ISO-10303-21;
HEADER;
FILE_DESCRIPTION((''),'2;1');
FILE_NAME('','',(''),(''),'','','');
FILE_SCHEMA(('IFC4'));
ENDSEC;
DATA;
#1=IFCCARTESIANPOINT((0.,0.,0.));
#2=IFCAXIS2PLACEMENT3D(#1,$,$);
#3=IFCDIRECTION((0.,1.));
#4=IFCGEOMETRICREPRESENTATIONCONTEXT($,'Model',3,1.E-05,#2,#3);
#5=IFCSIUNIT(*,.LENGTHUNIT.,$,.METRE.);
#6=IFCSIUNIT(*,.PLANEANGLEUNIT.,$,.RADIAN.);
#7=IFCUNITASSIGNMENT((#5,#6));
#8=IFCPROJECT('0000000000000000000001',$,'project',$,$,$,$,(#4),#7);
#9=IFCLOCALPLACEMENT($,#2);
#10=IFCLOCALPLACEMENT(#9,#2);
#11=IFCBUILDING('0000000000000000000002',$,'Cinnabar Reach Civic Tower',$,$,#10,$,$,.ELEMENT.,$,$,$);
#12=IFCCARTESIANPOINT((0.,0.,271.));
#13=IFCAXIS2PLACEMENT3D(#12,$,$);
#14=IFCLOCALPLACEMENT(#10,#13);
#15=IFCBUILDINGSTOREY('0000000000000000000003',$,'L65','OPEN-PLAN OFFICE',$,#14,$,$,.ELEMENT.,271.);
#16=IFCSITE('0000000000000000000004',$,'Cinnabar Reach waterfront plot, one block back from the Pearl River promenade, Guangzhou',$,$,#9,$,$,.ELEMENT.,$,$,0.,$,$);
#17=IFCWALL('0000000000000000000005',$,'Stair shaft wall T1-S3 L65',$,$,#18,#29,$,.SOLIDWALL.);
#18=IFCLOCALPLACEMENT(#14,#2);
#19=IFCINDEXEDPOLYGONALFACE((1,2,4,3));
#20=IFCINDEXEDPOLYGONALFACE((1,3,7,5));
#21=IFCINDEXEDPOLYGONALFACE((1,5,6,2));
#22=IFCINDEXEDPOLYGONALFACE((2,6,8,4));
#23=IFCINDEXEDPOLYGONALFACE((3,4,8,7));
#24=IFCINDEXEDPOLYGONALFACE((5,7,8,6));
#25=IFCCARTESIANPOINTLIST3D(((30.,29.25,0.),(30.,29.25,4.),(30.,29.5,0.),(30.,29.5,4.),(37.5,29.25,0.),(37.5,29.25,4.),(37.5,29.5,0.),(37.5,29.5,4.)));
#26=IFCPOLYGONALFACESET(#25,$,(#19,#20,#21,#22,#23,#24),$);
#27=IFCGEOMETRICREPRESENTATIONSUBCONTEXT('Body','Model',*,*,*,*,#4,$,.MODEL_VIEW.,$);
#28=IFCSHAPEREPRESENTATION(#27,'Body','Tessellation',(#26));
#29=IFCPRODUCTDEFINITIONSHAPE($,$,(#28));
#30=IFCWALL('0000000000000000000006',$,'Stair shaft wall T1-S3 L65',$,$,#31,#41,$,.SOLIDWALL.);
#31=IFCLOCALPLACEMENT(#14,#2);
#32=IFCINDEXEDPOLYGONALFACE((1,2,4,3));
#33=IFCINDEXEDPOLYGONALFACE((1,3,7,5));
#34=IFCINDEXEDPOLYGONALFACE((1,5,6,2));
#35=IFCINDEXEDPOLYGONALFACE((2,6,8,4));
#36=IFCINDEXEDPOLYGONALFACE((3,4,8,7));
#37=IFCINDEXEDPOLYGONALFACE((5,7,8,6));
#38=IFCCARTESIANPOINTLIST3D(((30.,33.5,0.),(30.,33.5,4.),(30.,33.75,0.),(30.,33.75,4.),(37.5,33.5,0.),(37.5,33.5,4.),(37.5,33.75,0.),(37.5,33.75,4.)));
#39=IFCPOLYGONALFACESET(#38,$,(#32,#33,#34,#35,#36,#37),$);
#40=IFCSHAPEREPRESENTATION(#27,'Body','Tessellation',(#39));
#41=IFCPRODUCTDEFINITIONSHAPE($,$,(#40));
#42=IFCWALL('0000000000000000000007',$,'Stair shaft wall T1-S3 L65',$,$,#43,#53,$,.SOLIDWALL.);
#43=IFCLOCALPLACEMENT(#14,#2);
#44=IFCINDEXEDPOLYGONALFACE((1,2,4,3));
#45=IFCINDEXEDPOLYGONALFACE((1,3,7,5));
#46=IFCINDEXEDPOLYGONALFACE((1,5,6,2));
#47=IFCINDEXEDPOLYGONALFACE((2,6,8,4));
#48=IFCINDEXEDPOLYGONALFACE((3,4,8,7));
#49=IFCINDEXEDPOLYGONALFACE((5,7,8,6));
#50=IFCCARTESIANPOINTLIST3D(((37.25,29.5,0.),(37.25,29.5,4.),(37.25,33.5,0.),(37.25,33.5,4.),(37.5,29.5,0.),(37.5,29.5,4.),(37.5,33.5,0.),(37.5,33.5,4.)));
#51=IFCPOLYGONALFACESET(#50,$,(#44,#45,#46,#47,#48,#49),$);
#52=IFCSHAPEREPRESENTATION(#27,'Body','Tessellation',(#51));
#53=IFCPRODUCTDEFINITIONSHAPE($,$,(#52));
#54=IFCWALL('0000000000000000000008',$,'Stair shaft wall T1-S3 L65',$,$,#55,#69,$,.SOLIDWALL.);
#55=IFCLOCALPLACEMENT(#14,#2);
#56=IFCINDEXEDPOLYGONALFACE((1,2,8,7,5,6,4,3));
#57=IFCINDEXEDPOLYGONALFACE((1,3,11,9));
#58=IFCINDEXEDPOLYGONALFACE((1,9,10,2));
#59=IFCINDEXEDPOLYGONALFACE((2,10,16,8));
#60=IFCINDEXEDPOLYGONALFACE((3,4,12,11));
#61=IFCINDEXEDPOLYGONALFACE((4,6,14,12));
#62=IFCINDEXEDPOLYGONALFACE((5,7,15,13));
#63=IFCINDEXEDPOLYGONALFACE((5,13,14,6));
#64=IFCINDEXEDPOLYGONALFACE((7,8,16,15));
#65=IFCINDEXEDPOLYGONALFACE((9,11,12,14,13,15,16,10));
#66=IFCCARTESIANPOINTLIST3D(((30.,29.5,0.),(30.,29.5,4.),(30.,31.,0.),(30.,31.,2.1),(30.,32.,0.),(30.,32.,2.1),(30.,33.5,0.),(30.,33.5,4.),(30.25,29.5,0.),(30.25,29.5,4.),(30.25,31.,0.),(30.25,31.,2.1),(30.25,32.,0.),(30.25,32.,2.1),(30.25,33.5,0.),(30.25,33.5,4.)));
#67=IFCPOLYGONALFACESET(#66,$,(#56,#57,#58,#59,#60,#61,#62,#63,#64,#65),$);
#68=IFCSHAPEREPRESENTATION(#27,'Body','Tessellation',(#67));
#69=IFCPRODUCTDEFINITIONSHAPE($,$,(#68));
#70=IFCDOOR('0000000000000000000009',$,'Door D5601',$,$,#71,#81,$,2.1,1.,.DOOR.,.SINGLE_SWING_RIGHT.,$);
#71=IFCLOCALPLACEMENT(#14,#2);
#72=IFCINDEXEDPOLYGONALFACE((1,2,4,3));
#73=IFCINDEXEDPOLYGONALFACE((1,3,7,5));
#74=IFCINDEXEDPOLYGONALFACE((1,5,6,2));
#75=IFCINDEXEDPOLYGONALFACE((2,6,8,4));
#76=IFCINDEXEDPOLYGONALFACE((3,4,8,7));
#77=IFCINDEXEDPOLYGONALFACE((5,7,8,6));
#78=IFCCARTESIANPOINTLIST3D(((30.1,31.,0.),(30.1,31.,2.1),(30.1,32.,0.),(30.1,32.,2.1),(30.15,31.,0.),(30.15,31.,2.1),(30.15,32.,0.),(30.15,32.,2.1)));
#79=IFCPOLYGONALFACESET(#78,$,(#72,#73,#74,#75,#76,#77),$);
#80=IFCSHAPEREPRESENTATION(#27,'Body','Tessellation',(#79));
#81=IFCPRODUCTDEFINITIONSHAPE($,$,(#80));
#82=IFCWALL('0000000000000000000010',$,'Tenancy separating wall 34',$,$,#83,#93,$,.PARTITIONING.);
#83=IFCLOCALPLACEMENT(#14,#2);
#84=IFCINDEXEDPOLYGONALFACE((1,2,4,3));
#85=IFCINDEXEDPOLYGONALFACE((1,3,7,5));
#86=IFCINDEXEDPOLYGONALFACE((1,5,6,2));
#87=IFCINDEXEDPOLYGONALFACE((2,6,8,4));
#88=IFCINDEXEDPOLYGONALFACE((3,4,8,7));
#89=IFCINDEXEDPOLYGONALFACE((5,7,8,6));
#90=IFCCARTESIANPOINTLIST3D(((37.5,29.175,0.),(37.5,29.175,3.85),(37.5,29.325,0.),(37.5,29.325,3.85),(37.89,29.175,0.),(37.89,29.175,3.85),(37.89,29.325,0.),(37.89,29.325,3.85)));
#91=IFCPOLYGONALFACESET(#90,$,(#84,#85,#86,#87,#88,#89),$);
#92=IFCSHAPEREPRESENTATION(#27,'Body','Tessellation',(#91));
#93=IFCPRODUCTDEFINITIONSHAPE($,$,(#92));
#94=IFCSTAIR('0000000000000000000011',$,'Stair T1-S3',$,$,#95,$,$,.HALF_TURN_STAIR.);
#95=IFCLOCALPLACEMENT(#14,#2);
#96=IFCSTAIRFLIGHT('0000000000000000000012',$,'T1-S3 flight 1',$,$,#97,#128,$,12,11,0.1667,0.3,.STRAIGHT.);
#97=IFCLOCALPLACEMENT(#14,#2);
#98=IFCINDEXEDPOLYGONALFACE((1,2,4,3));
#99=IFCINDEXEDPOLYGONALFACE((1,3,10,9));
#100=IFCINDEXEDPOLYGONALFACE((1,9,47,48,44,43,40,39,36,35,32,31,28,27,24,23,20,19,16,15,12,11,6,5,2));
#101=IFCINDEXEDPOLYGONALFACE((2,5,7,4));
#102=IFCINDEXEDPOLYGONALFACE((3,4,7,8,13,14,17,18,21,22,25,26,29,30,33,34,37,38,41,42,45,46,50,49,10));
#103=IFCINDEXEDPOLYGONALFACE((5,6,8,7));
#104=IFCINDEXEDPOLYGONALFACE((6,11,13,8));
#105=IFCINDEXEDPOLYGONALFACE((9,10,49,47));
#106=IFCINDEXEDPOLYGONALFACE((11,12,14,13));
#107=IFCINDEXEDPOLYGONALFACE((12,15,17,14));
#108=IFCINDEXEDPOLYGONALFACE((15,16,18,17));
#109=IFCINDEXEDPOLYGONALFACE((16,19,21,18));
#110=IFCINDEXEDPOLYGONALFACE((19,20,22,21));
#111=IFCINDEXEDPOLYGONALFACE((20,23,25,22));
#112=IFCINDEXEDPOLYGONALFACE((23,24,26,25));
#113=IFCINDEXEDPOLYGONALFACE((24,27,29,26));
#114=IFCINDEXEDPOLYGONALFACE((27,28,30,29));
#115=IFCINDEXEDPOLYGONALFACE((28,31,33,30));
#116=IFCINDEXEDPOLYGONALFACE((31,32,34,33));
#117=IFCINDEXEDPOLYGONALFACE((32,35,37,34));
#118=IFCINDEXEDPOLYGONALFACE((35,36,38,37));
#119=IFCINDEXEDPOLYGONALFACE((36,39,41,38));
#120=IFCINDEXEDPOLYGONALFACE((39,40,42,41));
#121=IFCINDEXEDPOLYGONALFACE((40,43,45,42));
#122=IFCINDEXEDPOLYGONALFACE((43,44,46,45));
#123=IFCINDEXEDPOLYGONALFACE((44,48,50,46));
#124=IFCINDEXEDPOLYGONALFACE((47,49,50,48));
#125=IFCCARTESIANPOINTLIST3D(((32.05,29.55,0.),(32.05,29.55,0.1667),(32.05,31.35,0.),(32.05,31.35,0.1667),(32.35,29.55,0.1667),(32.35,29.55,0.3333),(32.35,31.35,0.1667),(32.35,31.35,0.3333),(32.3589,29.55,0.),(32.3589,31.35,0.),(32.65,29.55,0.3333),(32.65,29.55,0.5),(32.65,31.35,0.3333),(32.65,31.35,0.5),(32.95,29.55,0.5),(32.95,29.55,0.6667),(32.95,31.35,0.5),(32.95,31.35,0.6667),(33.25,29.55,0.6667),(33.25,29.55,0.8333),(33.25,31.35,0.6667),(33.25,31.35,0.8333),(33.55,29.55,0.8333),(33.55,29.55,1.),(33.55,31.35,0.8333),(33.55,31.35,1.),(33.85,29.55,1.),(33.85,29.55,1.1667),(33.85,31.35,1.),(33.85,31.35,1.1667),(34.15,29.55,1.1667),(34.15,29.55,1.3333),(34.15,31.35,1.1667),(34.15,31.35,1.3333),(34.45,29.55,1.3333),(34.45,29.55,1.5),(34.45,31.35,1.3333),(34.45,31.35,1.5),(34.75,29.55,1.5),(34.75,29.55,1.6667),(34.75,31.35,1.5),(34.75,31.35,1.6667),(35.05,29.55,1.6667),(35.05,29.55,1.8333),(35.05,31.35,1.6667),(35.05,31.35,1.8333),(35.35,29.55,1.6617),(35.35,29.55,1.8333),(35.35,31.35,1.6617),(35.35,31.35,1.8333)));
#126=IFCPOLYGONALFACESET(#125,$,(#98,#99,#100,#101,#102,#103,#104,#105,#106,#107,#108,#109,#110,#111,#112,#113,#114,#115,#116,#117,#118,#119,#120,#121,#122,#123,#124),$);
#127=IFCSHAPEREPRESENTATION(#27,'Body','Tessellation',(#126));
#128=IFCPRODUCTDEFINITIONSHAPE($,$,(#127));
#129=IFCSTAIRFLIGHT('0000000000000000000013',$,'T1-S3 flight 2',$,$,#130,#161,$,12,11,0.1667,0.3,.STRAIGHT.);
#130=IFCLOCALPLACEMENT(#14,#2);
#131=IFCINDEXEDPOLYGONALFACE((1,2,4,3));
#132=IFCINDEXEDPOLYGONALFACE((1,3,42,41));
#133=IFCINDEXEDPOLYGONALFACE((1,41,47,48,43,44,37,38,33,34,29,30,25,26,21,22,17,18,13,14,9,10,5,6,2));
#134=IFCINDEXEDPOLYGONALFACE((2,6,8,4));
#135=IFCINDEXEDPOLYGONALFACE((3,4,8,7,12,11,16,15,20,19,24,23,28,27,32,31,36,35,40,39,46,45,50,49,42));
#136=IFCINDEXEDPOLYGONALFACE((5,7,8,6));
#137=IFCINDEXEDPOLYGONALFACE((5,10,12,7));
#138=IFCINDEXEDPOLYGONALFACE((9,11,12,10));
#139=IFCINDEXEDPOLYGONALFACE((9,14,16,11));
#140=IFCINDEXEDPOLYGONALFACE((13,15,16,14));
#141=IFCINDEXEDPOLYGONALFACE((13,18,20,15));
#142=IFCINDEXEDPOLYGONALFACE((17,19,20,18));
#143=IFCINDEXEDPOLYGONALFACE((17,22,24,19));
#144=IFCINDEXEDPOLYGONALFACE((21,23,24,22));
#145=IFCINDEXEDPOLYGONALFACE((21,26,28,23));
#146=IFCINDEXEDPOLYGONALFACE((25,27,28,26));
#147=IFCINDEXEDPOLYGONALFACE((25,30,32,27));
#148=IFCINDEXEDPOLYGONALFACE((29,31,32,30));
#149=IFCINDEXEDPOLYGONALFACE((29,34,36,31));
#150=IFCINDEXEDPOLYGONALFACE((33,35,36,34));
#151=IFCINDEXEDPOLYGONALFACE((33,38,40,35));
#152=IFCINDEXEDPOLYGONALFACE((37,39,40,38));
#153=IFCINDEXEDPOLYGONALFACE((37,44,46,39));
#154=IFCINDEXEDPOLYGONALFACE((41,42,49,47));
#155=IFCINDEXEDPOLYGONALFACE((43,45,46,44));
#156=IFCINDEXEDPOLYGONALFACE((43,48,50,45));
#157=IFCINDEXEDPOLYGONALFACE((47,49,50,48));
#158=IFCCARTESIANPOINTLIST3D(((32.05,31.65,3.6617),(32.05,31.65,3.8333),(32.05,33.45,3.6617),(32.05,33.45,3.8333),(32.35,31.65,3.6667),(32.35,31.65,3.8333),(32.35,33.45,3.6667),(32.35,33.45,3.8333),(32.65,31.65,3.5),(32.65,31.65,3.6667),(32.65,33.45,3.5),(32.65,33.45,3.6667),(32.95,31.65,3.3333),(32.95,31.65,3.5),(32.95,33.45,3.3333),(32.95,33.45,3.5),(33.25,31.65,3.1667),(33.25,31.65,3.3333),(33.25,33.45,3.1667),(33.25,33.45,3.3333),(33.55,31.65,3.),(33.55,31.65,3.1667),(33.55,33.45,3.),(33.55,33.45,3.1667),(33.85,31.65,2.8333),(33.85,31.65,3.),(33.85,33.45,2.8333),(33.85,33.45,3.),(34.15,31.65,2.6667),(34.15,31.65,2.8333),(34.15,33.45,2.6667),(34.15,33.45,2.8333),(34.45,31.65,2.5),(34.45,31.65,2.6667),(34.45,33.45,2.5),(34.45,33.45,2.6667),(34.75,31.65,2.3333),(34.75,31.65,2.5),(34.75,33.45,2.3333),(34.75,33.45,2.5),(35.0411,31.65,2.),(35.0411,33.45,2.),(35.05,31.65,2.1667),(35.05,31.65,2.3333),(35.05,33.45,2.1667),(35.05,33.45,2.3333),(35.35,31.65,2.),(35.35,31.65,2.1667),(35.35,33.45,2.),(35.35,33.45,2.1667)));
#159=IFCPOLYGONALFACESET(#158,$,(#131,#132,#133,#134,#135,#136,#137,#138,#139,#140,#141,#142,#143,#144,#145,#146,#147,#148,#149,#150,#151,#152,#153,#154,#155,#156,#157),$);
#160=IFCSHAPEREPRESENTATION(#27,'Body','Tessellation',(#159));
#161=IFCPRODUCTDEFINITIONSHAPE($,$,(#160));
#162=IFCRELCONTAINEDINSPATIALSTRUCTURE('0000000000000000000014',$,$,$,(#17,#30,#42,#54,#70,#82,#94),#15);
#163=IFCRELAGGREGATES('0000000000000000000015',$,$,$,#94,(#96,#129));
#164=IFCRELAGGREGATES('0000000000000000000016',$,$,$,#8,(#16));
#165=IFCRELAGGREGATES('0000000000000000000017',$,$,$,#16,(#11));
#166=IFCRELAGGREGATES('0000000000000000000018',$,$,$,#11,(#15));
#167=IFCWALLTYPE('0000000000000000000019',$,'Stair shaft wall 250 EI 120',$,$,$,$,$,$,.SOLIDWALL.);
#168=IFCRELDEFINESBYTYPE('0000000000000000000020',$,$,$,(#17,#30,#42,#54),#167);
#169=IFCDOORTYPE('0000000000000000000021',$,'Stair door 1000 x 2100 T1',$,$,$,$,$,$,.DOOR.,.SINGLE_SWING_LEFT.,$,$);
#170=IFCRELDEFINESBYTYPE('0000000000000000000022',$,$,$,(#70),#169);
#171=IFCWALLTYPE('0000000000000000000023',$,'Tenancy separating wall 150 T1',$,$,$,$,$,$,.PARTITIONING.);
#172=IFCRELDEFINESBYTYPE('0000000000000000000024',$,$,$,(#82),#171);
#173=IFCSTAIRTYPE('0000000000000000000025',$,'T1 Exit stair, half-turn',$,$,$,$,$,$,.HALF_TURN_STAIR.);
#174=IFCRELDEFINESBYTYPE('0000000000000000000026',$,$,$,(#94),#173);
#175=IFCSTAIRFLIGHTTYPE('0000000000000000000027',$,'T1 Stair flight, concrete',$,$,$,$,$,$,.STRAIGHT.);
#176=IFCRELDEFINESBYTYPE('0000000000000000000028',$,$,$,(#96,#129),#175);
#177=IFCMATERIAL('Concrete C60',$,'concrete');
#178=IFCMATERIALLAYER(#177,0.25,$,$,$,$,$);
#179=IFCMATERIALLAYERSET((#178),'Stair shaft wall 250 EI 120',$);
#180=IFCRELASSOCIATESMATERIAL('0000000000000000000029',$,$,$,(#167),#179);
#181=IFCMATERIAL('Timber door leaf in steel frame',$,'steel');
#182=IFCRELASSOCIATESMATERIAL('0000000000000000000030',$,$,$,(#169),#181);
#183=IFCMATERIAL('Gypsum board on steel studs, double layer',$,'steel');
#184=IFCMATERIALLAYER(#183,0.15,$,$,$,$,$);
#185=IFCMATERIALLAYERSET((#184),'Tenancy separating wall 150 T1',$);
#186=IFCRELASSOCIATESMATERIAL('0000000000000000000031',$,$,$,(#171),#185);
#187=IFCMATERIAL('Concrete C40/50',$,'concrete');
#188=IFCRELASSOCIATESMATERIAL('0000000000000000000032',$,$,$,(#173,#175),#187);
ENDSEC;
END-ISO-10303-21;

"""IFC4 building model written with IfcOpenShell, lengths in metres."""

from ifc_helpers import new_model, si_unit, direction, frame, frame_2d, origin, place, context, subcontext, project, spatial, polyline, rectangle, outline, extrude, material, layer, layer_set, type_object, element, fill, aggregate, save


model = new_model("IFC4")

# Units and contexts
model_context = context("Model", 3, precision=1e-05, world=origin(), true_north=direction((0.0, 1.0)))
body_context = subcontext(model_context, "Body", "Model", "MODEL_VIEW")
ifc_project = project(units=[si_unit("LENGTHUNIT", "METRE"), si_unit("PLANEANGLEUNIT", "RADIAN")], contexts=[model_context])

# Site, building, storey
site_placement = place(None, origin())
site = spatial("IfcSite", under=ifc_project, at=site_placement, Name="Cinnabar Reach waterfront plot, one block back from the Pearl River promenade, Guangzhou", CompositionType="ELEMENT", RefElevation=0.0)
building_placement = place(site_placement, origin())
building = spatial("IfcBuilding", under=site, at=building_placement, Name="Cinnabar Reach Civic Tower", CompositionType="ELEMENT")
storey_placement = place(building_placement, frame((0.0, 0.0, 271.0)))
storey = spatial("IfcBuildingStorey", under=building, at=storey_placement, Name="L65", Description="OPEN-PLAN OFFICE", CompositionType="ELEMENT", Elevation=271.0)

# Shared definitions
ifc_material_1 = material(Name="Concrete C60", Category="concrete")

# Walls
ifc_material_2 = material(Name="Gypsum board on steel studs, double layer", Category="steel")
ifc_layer_1 = layer(ifc_material_1, 0.25)
ifc_layer_set_1 = layer_set([ifc_layer_1], Name="Stair shaft wall 250 EI 120")
wall_type_1 = type_object("IfcWallType", Name="Stair shaft wall 250 EI 120", PredefinedType="SOLIDWALL", material=ifc_layer_set_1)
for number, where, z_axis, x_axis, name in (
    (1, (30.0, 29.375, 0.0), (0.0, 0.0, 1.0), (1.0, 0.0, 0.0), "Stair shaft wall T1-S3 L65"),
    (2, (37.5, 33.625, 0.0), (0.0, 0.0, 1.0), (-1.0, 0.0, 0.0), "Stair shaft wall T1-S3 L65"),
):
    element("IfcWall", number, at=place(storey_placement, frame(where, z_axis=z_axis, x_axis=x_axis)), inside=storey, type_object=wall_type_1, Name=name, PredefinedType="SOLIDWALL", context=body_context, shape_type="SweptSolid", body=[
        extrude(rectangle(XDim=7.5, YDim=0.25, at=frame_2d((3.75, 0.0))), origin(), (0.0, 0.0, 1.0), 4.0),
    ])
wall_1_placement = place(storey_placement, frame((37.375, 29.5, 0.0), z_axis=(0.0, 0.0, 1.0), x_axis=(0.0, 1.0, 0.0)))
element("IfcWall", 3, at=wall_1_placement, inside=storey, type_object=wall_type_1, Name="Stair shaft wall T1-S3 L65", PredefinedType="SOLIDWALL", context=body_context, shape_type="SweptSolid", body=[
    extrude(rectangle(XDim=4.0, YDim=0.25, at=frame_2d((2.0, 0.0))), origin(), (0.0, 0.0, 1.0), 4.0),
])

# Wall, opening, door
wall_2_placement = place(storey_placement, frame((30.125, 33.5, 0.0), z_axis=(0.0, 0.0, 1.0), x_axis=(0.0, -1.0, 0.0)))
wall_2 = element("IfcWall", 4, at=wall_2_placement, inside=storey, type_object=wall_type_1, Name="Stair shaft wall T1-S3 L65", PredefinedType="SOLIDWALL", context=body_context, shape_type="SweptSolid", body=[
    extrude(rectangle(XDim=4.0, YDim=0.25, at=frame_2d((2.0, 0.0))), origin(), (0.0, 0.0, 1.0), 4.0),
])
opening_1_placement = place(wall_2_placement, frame((1.5, 0.0, 0.0)))
opening_1 = element("IfcOpeningElement", 5, at=opening_1_placement, cuts=wall_2, PredefinedType="OPENING", context=body_context, shape_type="SweptSolid", body=[
    extrude(rectangle(XDim=1.0, YDim=2.1, at=frame_2d((0.5, 1.05))), frame((0.0, 0.135, 0.0), z_axis=(0.0, -1.0, 0.0), x_axis=(1.0, 0.0, 0.0)), (0.0, 0.0, 1.0), 0.27),
])
ifc_material_3 = material(Name="Timber door leaf in steel frame", Category="steel")
door_type = type_object("IfcDoorType", Name="Stair door 1000 x 2100 T1", OperationType="SINGLE_SWING_LEFT", PredefinedType="DOOR", material=ifc_material_3)
door_placement = place(opening_1_placement, origin())
door = element("IfcDoor", 6, at=door_placement, inside=storey, type_object=door_type, Name="Door D5601", OperationType="SINGLE_SWING_RIGHT", OverallHeight=2.1, OverallWidth=1.0, PredefinedType="DOOR", context=body_context, shape_type="SweptSolid", body=[
    extrude(rectangle(XDim=1.0, YDim=2.1, at=frame_2d((0.5, 1.05))), frame((0.0, 0.025, 0.0), z_axis=(0.0, -1.0, 0.0), x_axis=(1.0, 0.0, 0.0)), (0.0, 0.0, 1.0), 0.05),
])
fill(opening_1, door)

# Wall
ifc_layer_2 = layer(ifc_material_2, 0.15)
ifc_layer_set_2 = layer_set([ifc_layer_2], Name="Tenancy separating wall 150 T1")
wall_type_2 = type_object("IfcWallType", Name="Tenancy separating wall 150 T1", PredefinedType="PARTITIONING", material=ifc_layer_set_2)
wall_3_placement = place(storey_placement, frame((37.5, 29.25, 0.0), z_axis=(0.0, 0.0, 1.0), x_axis=(1.0, 0.0, 0.0)))
element("IfcWall", 7, at=wall_3_placement, inside=storey, type_object=wall_type_2, Name="Tenancy separating wall 34", PredefinedType="PARTITIONING", context=body_context, shape_type="SweptSolid", body=[
    extrude(rectangle(XDim=0.39, YDim=0.15, at=frame_2d((0.195, 0.0))), origin(), (0.0, 0.0, 1.0), 3.85),
])

# Stair, stair flights
ifc_material_4 = material(Name="Concrete C40/50", Category="concrete")
stair_type = type_object("IfcStairType", Name="T1 Exit stair, half-turn", PredefinedType="HALF_TURN_STAIR", material=ifc_material_4)
stair_placement = place(storey_placement, origin())
stair = element("IfcStair", 8, at=stair_placement, inside=storey, type_object=stair_type, Name="Stair T1-S3", PredefinedType="HALF_TURN_STAIR")
stair_flight_type = type_object("IfcStairFlightType", Name="T1 Stair flight, concrete", PredefinedType="STRAIGHT", material=ifc_material_4)
stair_flight_1_placement = place(storey_placement, frame((32.05, 30.45, 0.0), z_axis=(0.0, 0.0, 1.0), x_axis=(1.0, 0.0, 0.0)))
stair_flight_1 = element("IfcStairFlight", 9, at=stair_flight_1_placement, type_object=stair_flight_type, Name="T1-S3 flight 1", NumberOfRisers=12, NumberOfTreads=11, PredefinedType="STRAIGHT", RiserHeight=0.1667, TreadLength=0.3, context=body_context, shape_type="SweptSolid", body=[
    extrude(outline(polyline([(0.0, 0.0), (0.0, 0.1667), (0.3, 0.1667), (0.3, 0.3333), (0.6, 0.3333), (0.6, 0.5), (0.9, 0.5), (0.9, 0.6667), (1.2, 0.6667), (1.2, 0.8333), (1.5, 0.8333), (1.5, 1.0), (1.8, 1.0), (1.8, 1.1667), (2.1, 1.1667), (2.1, 1.3333), (2.4, 1.3333), (2.4, 1.5), (2.7, 1.5), (2.7, 1.6667), (3.0, 1.6667), (3.0, 1.8333), (3.3, 1.8333), (3.3, 2.0), (3.3, 1.6617), (0.3089, 0.0), (0.0, 0.0)])), frame((0.0, 0.9, 0.0), z_axis=(0.0, -1.0, 0.0), x_axis=(1.0, 0.0, 0.0)), (0.0, 0.0, 1.0), 1.8),
])
stair_flight_2_placement = place(storey_placement, frame((35.35, 32.55, 2.0), z_axis=(0.0, 0.0, 1.0), x_axis=(-1.0, 0.0, 0.0)))
stair_flight_2 = element("IfcStairFlight", 10, at=stair_flight_2_placement, type_object=stair_flight_type, Name="T1-S3 flight 2", NumberOfRisers=12, NumberOfTreads=11, PredefinedType="STRAIGHT", RiserHeight=0.1667, TreadLength=0.3, context=body_context, shape_type="SweptSolid", body=[
    extrude(outline(polyline([(0.0, 0.0), (0.0, 0.1667), (0.3, 0.1667), (0.3, 0.3333), (0.6, 0.3333), (0.6, 0.5), (0.9, 0.5), (0.9, 0.6667), (1.2, 0.6667), (1.2, 0.8333), (1.5, 0.8333), (1.5, 1.0), (1.8, 1.0), (1.8, 1.1667), (2.1, 1.1667), (2.1, 1.3333), (2.4, 1.3333), (2.4, 1.5), (2.7, 1.5), (2.7, 1.6667), (3.0, 1.6667), (3.0, 1.8333), (3.3, 1.8333), (3.3, 2.0), (3.3, 1.6617), (0.3089, 0.0), (0.0, 0.0)])), frame((0.0, 0.9, 0.0), z_axis=(0.0, -1.0, 0.0), x_axis=(1.0, 0.0, 0.0)), (0.0, 0.0, 1.0), 1.8),
])
aggregate(stair, [stair_flight_1, stair_flight_2])

save(model, "model.ifc")
